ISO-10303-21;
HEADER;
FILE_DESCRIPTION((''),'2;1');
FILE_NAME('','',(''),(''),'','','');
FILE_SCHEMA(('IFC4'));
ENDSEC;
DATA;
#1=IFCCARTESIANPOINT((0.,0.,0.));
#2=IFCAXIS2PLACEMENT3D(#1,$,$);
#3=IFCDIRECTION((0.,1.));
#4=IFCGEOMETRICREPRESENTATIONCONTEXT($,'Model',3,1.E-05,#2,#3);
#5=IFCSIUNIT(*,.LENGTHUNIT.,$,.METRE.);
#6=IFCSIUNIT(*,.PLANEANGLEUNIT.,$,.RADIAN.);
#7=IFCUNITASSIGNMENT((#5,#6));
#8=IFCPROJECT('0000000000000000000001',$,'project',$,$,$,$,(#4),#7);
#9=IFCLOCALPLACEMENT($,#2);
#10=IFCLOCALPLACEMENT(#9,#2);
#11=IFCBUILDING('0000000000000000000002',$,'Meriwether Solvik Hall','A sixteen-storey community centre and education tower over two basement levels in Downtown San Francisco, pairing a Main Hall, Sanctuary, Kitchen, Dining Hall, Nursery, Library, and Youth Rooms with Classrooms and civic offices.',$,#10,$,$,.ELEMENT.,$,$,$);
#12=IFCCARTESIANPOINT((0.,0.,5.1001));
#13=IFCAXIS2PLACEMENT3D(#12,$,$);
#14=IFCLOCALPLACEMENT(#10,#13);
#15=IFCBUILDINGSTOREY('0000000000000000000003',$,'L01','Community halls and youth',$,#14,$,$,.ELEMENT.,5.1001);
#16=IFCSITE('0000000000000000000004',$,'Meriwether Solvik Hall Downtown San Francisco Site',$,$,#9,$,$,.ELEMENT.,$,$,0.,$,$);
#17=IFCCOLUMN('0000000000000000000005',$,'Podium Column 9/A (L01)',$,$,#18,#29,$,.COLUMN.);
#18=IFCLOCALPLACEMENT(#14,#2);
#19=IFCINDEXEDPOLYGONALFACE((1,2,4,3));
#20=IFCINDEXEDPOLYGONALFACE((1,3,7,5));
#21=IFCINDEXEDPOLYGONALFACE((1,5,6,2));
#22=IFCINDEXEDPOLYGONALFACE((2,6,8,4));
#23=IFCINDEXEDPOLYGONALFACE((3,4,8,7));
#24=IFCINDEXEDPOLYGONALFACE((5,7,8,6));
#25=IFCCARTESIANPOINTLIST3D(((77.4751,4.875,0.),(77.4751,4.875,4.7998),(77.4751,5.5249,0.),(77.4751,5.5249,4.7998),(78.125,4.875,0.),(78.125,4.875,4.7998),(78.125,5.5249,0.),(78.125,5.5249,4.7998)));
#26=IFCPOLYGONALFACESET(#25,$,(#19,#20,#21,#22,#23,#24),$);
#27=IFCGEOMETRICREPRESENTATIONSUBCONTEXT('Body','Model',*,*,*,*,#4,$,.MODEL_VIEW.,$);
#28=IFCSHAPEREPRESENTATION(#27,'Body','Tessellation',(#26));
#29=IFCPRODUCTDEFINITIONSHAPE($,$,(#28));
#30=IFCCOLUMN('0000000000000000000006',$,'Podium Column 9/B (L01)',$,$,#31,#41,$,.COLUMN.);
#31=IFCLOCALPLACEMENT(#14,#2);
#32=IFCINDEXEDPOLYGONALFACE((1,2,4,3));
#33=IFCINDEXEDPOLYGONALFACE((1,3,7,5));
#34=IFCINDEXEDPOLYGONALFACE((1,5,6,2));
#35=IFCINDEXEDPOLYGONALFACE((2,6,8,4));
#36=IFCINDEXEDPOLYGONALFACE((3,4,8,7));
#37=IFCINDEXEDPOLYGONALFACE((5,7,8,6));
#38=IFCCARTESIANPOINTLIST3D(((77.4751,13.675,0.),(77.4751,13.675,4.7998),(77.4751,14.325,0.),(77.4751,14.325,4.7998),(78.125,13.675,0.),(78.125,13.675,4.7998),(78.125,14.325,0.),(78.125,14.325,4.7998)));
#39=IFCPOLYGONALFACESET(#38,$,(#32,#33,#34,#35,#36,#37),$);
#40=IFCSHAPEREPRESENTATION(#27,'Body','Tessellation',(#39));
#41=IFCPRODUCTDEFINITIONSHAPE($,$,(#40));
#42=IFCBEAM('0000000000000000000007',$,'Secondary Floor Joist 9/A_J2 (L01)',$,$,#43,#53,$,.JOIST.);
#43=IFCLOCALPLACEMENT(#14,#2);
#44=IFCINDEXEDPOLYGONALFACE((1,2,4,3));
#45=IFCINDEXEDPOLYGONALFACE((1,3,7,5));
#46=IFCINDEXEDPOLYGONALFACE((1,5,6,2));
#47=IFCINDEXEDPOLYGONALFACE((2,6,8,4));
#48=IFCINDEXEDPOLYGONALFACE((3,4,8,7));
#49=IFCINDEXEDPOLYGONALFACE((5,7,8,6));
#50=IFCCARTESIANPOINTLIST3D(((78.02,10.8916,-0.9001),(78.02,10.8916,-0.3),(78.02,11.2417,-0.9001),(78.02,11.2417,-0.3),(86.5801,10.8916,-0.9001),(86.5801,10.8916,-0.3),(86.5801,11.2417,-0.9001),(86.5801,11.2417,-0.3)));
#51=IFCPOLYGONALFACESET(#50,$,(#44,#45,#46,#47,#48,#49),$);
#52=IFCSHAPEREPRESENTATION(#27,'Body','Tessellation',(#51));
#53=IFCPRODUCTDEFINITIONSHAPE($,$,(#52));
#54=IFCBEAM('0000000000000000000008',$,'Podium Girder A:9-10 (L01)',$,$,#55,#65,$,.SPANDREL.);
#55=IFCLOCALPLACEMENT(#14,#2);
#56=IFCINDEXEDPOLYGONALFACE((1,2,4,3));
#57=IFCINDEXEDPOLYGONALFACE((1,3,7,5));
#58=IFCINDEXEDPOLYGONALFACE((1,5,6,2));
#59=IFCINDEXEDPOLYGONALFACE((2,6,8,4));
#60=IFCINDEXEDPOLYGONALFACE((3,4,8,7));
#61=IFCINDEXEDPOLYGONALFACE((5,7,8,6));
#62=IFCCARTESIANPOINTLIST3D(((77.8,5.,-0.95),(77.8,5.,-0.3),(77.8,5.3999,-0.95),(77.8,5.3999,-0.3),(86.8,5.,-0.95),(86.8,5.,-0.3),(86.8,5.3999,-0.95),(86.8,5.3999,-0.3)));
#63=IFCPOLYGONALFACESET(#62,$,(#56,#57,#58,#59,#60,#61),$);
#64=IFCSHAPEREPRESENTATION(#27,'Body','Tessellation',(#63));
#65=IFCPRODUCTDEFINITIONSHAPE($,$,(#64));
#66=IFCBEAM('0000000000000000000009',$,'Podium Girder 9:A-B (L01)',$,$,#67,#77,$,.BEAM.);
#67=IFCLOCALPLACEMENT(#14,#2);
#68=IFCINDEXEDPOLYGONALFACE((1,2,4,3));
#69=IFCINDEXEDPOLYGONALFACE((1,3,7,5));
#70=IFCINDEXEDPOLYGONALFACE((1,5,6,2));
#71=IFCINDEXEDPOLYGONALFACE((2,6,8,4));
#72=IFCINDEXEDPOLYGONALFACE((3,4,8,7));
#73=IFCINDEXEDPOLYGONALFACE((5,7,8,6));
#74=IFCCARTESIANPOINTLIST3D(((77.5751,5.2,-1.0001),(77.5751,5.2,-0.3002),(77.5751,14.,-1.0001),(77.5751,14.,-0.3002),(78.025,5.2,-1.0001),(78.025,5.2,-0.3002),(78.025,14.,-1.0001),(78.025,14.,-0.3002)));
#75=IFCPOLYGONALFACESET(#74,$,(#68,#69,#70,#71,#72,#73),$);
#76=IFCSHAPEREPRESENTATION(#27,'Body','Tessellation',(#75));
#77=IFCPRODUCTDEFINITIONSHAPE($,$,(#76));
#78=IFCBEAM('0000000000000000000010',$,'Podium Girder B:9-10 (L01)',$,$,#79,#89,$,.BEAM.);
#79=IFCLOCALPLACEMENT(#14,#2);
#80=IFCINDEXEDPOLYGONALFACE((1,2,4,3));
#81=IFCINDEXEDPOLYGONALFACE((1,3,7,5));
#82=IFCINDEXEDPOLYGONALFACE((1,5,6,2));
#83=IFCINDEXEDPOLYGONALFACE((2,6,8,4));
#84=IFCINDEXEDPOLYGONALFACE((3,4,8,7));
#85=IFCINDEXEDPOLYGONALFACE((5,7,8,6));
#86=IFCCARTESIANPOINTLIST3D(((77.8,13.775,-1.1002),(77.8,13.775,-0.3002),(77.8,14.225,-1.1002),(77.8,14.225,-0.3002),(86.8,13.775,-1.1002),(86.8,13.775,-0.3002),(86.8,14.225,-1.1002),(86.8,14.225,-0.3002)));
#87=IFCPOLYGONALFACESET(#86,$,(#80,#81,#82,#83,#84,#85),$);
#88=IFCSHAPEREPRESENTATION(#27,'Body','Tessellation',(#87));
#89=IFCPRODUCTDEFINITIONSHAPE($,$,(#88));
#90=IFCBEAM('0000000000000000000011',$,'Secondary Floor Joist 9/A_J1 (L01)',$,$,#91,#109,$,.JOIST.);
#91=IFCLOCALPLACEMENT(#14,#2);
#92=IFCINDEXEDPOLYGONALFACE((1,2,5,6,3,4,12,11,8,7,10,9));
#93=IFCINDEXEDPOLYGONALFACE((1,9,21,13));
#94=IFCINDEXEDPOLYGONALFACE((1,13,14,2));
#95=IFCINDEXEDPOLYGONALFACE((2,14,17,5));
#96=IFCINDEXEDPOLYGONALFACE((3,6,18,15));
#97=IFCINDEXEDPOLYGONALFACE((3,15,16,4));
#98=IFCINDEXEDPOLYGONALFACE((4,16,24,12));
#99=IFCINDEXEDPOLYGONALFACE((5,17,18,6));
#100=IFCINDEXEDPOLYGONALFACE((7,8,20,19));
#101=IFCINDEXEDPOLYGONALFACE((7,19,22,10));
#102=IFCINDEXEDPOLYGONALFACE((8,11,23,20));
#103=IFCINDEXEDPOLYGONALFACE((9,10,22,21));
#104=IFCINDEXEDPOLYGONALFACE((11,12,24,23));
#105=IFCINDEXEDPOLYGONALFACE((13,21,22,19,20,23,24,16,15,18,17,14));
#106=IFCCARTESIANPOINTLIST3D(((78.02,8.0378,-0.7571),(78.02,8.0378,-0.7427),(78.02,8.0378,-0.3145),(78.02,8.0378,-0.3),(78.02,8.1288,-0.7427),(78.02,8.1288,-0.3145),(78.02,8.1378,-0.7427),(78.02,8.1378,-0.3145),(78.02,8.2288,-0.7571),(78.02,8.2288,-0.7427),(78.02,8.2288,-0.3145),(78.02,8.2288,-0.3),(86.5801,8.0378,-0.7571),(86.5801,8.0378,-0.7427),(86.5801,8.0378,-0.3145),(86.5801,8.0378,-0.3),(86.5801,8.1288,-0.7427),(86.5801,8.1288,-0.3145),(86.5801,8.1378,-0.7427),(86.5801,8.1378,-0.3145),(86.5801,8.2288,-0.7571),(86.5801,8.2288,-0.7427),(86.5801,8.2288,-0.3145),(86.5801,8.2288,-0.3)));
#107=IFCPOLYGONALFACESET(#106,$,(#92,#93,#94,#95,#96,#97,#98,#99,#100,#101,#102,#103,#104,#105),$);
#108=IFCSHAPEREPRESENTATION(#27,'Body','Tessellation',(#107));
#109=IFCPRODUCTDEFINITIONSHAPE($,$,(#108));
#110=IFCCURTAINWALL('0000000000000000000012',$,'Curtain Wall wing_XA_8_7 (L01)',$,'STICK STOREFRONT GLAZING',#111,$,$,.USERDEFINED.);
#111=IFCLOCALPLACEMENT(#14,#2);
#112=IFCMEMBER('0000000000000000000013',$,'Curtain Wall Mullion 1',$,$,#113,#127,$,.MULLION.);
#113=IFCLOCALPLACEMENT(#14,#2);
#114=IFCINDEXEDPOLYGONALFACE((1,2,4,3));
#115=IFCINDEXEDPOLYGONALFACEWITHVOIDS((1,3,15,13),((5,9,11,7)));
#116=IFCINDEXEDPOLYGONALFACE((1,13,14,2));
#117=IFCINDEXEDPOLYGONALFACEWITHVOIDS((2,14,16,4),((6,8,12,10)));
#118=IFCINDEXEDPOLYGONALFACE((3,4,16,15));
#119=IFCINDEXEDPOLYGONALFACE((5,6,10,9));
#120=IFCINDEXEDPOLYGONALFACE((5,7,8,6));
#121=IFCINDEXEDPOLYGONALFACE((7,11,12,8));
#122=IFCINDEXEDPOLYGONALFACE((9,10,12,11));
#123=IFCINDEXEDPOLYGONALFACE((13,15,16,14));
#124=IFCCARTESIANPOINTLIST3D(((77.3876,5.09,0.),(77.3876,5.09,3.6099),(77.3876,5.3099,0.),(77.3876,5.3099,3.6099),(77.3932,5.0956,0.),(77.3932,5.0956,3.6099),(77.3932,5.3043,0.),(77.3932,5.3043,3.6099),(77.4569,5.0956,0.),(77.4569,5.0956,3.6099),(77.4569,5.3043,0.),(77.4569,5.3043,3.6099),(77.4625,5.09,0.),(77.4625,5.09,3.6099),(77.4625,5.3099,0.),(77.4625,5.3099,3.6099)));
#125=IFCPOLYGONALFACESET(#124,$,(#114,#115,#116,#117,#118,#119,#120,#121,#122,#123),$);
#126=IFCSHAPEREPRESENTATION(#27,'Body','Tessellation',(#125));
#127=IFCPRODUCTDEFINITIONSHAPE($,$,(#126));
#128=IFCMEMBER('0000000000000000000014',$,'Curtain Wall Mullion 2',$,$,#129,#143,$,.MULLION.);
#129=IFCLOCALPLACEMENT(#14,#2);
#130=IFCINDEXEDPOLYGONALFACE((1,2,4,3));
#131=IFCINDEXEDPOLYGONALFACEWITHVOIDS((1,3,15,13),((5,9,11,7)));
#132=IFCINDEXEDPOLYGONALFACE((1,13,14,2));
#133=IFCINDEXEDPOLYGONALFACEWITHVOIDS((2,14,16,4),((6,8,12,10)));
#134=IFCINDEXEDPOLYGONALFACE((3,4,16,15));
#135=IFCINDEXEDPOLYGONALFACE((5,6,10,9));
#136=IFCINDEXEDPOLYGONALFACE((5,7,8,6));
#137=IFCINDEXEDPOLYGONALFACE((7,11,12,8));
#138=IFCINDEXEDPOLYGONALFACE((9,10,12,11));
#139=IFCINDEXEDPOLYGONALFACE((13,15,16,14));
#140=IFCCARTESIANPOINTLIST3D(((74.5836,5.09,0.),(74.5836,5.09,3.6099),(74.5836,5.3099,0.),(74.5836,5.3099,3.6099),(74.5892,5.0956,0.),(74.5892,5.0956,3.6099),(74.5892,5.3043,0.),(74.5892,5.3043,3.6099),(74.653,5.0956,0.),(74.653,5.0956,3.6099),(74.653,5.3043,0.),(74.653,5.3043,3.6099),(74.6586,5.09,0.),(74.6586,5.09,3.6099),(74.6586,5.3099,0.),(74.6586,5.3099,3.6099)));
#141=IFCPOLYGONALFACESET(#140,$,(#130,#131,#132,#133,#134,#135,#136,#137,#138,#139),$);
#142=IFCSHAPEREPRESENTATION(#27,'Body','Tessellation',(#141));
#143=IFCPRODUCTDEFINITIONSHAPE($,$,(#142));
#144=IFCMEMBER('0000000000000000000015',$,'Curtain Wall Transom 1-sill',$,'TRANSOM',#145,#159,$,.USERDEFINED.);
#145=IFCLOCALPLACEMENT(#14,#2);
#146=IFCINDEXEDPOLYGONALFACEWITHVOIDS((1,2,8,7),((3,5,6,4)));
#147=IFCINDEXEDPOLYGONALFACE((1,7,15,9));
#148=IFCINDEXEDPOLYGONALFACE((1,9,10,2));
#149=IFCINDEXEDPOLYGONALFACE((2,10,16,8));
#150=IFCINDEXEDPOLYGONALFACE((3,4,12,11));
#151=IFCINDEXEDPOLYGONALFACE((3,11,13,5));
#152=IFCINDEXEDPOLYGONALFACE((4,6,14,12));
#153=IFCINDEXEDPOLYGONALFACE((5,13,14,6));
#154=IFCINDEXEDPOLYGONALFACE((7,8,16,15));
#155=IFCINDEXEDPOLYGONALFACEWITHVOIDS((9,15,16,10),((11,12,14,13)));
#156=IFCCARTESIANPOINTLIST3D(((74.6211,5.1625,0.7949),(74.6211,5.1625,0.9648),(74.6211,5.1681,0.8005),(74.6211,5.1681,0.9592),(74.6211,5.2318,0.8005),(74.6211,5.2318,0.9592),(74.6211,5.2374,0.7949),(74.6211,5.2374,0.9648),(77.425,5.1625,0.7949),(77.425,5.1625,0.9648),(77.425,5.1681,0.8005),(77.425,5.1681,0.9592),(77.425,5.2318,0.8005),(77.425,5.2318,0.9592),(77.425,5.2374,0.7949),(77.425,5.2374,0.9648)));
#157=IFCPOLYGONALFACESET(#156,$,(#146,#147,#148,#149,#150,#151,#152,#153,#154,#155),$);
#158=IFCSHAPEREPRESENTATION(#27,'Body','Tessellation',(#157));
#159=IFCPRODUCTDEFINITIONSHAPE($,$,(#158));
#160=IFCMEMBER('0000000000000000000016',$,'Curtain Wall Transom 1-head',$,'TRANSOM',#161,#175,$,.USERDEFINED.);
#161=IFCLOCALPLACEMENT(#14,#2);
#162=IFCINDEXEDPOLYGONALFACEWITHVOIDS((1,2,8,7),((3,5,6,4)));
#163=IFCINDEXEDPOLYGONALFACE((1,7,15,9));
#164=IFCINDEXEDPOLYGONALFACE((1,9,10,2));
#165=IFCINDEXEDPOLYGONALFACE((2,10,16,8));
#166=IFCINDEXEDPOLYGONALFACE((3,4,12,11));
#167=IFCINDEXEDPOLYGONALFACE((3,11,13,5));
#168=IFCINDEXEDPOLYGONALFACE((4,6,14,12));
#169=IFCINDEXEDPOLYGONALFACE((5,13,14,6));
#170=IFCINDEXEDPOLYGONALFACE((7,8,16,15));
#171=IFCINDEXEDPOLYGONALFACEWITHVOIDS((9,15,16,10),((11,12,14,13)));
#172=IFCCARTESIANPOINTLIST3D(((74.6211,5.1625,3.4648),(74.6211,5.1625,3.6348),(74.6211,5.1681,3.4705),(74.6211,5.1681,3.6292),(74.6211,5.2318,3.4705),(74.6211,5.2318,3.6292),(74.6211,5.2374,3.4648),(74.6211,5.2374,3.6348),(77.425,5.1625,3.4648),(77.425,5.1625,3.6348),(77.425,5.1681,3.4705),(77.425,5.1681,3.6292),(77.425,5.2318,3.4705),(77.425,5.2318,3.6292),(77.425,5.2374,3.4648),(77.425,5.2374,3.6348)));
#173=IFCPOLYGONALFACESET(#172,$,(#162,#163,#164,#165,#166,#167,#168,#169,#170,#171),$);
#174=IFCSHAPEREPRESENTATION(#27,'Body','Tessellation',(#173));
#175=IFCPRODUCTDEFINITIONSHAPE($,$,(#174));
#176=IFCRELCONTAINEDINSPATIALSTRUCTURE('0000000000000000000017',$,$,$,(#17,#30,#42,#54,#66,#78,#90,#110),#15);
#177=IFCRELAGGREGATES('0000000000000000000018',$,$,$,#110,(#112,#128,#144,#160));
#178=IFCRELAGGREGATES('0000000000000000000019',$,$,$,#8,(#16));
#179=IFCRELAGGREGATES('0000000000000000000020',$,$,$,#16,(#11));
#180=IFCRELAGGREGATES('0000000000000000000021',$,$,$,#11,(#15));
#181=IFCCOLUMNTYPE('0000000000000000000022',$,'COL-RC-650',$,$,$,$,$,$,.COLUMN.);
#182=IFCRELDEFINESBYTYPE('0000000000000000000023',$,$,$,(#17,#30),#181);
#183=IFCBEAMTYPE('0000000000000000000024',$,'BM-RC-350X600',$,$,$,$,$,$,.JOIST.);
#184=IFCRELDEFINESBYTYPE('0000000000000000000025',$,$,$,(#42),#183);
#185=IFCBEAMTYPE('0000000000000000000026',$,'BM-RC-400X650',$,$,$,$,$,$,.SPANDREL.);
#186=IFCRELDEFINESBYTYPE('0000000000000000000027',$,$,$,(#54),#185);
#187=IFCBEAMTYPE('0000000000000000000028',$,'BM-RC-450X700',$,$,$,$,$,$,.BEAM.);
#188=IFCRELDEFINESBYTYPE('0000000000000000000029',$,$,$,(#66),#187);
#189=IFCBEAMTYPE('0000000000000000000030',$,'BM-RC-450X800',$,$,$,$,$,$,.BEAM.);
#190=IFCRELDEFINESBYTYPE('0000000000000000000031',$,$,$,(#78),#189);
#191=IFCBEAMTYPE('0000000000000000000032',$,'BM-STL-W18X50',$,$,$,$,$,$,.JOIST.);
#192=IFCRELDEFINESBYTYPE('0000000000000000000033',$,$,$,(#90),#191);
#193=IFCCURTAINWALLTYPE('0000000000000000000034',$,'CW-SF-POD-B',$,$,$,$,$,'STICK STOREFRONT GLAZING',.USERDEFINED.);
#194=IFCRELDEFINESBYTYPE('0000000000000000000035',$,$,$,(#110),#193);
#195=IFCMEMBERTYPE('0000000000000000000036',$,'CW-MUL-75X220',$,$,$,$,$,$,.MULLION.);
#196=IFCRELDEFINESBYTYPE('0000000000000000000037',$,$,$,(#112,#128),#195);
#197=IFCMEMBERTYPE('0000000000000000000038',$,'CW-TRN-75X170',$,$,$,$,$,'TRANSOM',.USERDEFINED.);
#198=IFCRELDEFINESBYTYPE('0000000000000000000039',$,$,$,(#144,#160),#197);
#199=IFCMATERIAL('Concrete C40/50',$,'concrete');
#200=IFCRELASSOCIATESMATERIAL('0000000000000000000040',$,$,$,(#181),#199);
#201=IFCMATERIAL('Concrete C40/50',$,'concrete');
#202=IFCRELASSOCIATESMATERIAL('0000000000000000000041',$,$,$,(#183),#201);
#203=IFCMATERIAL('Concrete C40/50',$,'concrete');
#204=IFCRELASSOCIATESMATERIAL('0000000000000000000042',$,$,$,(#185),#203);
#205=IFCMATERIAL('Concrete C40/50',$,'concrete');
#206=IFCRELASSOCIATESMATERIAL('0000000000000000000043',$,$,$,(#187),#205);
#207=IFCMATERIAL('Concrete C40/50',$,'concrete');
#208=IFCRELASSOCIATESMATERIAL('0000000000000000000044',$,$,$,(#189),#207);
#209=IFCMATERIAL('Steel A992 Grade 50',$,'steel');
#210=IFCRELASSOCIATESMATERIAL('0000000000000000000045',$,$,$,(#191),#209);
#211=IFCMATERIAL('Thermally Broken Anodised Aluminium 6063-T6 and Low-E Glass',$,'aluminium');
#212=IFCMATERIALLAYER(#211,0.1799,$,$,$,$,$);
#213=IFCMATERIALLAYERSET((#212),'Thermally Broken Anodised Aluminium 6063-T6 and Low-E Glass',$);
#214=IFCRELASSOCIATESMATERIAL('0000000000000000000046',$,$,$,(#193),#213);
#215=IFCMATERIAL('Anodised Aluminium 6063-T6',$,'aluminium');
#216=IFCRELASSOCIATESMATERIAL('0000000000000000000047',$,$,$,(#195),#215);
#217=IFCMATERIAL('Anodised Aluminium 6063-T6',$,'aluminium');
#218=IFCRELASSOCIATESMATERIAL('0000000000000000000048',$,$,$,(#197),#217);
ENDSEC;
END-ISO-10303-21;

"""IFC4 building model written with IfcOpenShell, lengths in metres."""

from ifc_helpers import new_model, si_unit, direction, frame, origin, origin_2d, place, context, subcontext, project, spatial, rectangle, hollow_rectangle, i_section, extrude, material, layer, layer_set, material_profile, profile_set, type_object, element, aggregate, save


model = new_model("IFC4")

# Units and contexts
model_context = context("Model", 3, precision=1e-05, world=origin(), true_north=direction((0.0, 1.0)))
body_context = subcontext(model_context, "Body", "Model", "MODEL_VIEW")
ifc_project = project(units=[si_unit("LENGTHUNIT", "METRE"), si_unit("PLANEANGLEUNIT", "RADIAN")], contexts=[model_context])

# Site, building, storey
site_placement = place(None, origin())
site = spatial("IfcSite", under=ifc_project, at=site_placement, Name="Meriwether Solvik Hall Downtown San Francisco Site", CompositionType="ELEMENT", RefElevation=0.0)
building_placement = place(site_placement, origin())
building = spatial("IfcBuilding", under=site, at=building_placement, Name="Meriwether Solvik Hall", Description="A sixteen-storey community centre and education tower over two basement levels in Downtown San Francisco, pairing a Main Hall, Sanctuary, Kitchen, Dining Hall, Nursery, Library, and Youth Rooms with Classrooms and civic offices.", CompositionType="ELEMENT")
storey_placement = place(building_placement, frame((0.0, 0.0, 5.1001)))
storey = spatial("IfcBuildingStorey", under=building, at=storey_placement, Name="L01", Description="Community halls and youth", CompositionType="ELEMENT", Elevation=5.1001)

# Columns
ifc_material_1 = material(Name="Concrete C40/50", Category="concrete")
ifc_material_profile_1 = material_profile(ifc_material_1, rectangle(XDim=0.6499, YDim=0.6499, at=origin_2d()), Name="RCC-650X650")
ifc_profile_set_1 = profile_set([ifc_material_profile_1], Name="Concrete C40/50")
column_type = type_object("IfcColumnType", Name="COL-RC-650", PredefinedType="COLUMN", material=ifc_profile_set_1)
for number, where, z_axis, x_axis, name in (
    (1, (77.8, 5.2, 0.0), (0.0, 0.0, 1.0), (1.0, 0.0, 0.0), "Podium Column 9/A (L01)"),
    (2, (77.8, 14.0, 0.0), (0.0, 0.0, 1.0), (1.0, 0.0, 0.0), "Podium Column 9/B (L01)"),
):
    element("IfcColumn", number, at=place(storey_placement, frame(where, z_axis=z_axis, x_axis=x_axis)), inside=storey, type_object=column_type, Name=name, PredefinedType="COLUMN", context=body_context, shape_type="SweptSolid", body=[
        extrude(rectangle(XDim=0.6499, YDim=0.6499, at=origin_2d()), origin(), (0.0, 0.0, 1.0), 4.7998),
    ])

# Beams
ifc_material_2 = material(Name="Concrete C40/50", Category="concrete")
ifc_material_profile_2 = material_profile(ifc_material_2, rectangle(XDim=0.3501, YDim=0.6001, at=origin_2d()), Name="RCB-350X600")
ifc_profile_set_2 = profile_set([ifc_material_profile_2], Name="Concrete C40/50")
beam_type_1 = type_object("IfcBeamType", Name="BM-RC-350X600", PredefinedType="JOIST", material=ifc_profile_set_2)
beam_1_placement = place(storey_placement, frame((78.02, 11.0667, -0.6001), z_axis=(1.0, 0.0, 0.0), x_axis=(0.0, 1.0, 0.0)))
element("IfcBeam", 3, at=beam_1_placement, inside=storey, type_object=beam_type_1, Name="Secondary Floor Joist 9/A_J2 (L01)", PredefinedType="JOIST", context=body_context, shape_type="SweptSolid", body=[
    extrude(rectangle(XDim=0.3501, YDim=0.6001, at=origin_2d()), origin(), (0.0, 0.0, 1.0), 8.5601),
])
ifc_material_3 = material(Name="Concrete C40/50", Category="concrete")
ifc_material_profile_3 = material_profile(ifc_material_3, rectangle(XDim=0.3999, YDim=0.6499, at=origin_2d()), Name="RCB-400X650")
ifc_profile_set_3 = profile_set([ifc_material_profile_3], Name="Concrete C40/50")
beam_type_2 = type_object("IfcBeamType", Name="BM-RC-400X650", PredefinedType="SPANDREL", material=ifc_profile_set_3)
beam_2_placement = place(storey_placement, frame((77.8, 5.2, -0.625), z_axis=(1.0, 0.0, 0.0), x_axis=(0.0, 1.0, 0.0)))
element("IfcBeam", 4, at=beam_2_placement, inside=storey, type_object=beam_type_2, Name="Podium Girder A:9-10 (L01)", PredefinedType="SPANDREL", context=body_context, shape_type="SweptSolid", body=[
    extrude(rectangle(XDim=0.3999, YDim=0.6499, at=origin_2d()), origin(), (0.0, 0.0, 1.0), 9.0),
])
ifc_material_4 = material(Name="Concrete C40/50", Category="concrete")
ifc_material_profile_4 = material_profile(ifc_material_4, rectangle(XDim=0.45, YDim=0.7, at=origin_2d()), Name="RCB-450X700")
ifc_profile_set_4 = profile_set([ifc_material_profile_4], Name="Concrete C40/50")
beam_type_3 = type_object("IfcBeamType", Name="BM-RC-450X700", PredefinedType="BEAM", material=ifc_profile_set_4)
beam_3_placement = place(storey_placement, frame((77.8, 5.2, -0.6501), z_axis=(0.0, 1.0, 0.0), x_axis=(-1.0, 0.0, 0.0)))
element("IfcBeam", 5, at=beam_3_placement, inside=storey, type_object=beam_type_3, Name="Podium Girder 9:A-B (L01)", PredefinedType="BEAM", context=body_context, shape_type="SweptSolid", body=[
    extrude(rectangle(XDim=0.45, YDim=0.7, at=origin_2d()), origin(), (0.0, 0.0, 1.0), 8.8),
])
ifc_material_5 = material(Name="Concrete C40/50", Category="concrete")
ifc_material_profile_5 = material_profile(ifc_material_5, rectangle(XDim=0.45, YDim=0.8, at=origin_2d()), Name="RCB-450X800")
ifc_profile_set_5 = profile_set([ifc_material_profile_5], Name="Concrete C40/50")
beam_type_4 = type_object("IfcBeamType", Name="BM-RC-450X800", PredefinedType="BEAM", material=ifc_profile_set_5)
beam_4_placement = place(storey_placement, frame((77.8, 14.0, -0.7002), z_axis=(1.0, 0.0, 0.0), x_axis=(0.0, 1.0, 0.0)))
element("IfcBeam", 6, at=beam_4_placement, inside=storey, type_object=beam_type_4, Name="Podium Girder B:9-10 (L01)", PredefinedType="BEAM", context=body_context, shape_type="SweptSolid", body=[
    extrude(rectangle(XDim=0.45, YDim=0.8, at=origin_2d()), origin(), (0.0, 0.0, 1.0), 9.0),
])
ifc_material_6 = material(Name="Steel A992 Grade 50", Category="steel")
ifc_material_profile_6 = material_profile(ifc_material_6, i_section(OverallWidth=0.1909, OverallDepth=0.457, WebThickness=0.009, FlangeThickness=0.0144, at=origin_2d()), Name="W18X50")
ifc_profile_set_6 = profile_set([ifc_material_profile_6], Name="Steel A992 Grade 50")
beam_type_5 = type_object("IfcBeamType", Name="BM-STL-W18X50", PredefinedType="JOIST", material=ifc_profile_set_6)
beam_5_placement = place(storey_placement, frame((78.02, 8.1333, -0.5286), z_axis=(1.0, 0.0, 0.0), x_axis=(0.0, 1.0, 0.0)))
element("IfcBeam", 7, at=beam_5_placement, inside=storey, type_object=beam_type_5, Name="Secondary Floor Joist 9/A_J1 (L01)", PredefinedType="JOIST", context=body_context, shape_type="SweptSolid", body=[
    extrude(i_section(OverallWidth=0.1909, OverallDepth=0.457, WebThickness=0.009, FlangeThickness=0.0144, at=origin_2d()), origin(), (0.0, 0.0, 1.0), 8.5601),
])

# Curtain wall, members
ifc_material_7 = material(Name="Thermally Broken Anodised Aluminium 6063-T6 and Low-E Glass", Category="aluminium")
ifc_layer_1 = layer(ifc_material_7, 0.1799)
ifc_layer_set_1 = layer_set([ifc_layer_1], Name="Thermally Broken Anodised Aluminium 6063-T6 and Low-E Glass")
curtain_wall_type = type_object("IfcCurtainWallType", Name="CW-SF-POD-B", ElementType="STICK STOREFRONT GLAZING", PredefinedType="USERDEFINED", material=ifc_layer_set_1)
curtain_wall_placement = place(storey_placement, origin())
curtain_wall = element("IfcCurtainWall", 8, at=curtain_wall_placement, inside=storey, type_object=curtain_wall_type, Name="Curtain Wall wing_XA_8_7 (L01)", ObjectType="STICK STOREFRONT GLAZING", PredefinedType="USERDEFINED")
ifc_material_8 = material(Name="Anodised Aluminium 6063-T6", Category="aluminium")
ifc_material_profile_7 = material_profile(ifc_material_8, hollow_rectangle(XDim=0.075, YDim=0.22, WallThickness=0.0056, at=origin_2d()), Name="CWM-75X220")
ifc_profile_set_7 = profile_set([ifc_material_profile_7], Name="Anodised Aluminium 6063-T6")
member_type_1 = type_object("IfcMemberType", Name="CW-MUL-75X220", PredefinedType="MULLION", material=ifc_profile_set_7)
member_1_placement = place(storey_placement, frame((77.425, 5.2, 0.0), z_axis=(0.0, 0.0, 1.0), x_axis=(-1.0, 0.0, 0.0)))
member_1 = element("IfcMember", 9, at=member_1_placement, type_object=member_type_1, Name="Curtain Wall Mullion 1", PredefinedType="MULLION", context=body_context, shape_type="SweptSolid", body=[
    extrude(hollow_rectangle(XDim=0.075, YDim=0.22, WallThickness=0.0056, at=origin_2d()), origin(), (0.0, 0.0, 1.0), 3.6099),
])
member_2_placement = place(storey_placement, frame((74.6211, 5.2, 0.0), z_axis=(0.0, 0.0, 1.0), x_axis=(-1.0, 0.0, 0.0)))
member_2 = element("IfcMember", 10, at=member_2_placement, type_object=member_type_1, Name="Curtain Wall Mullion 2", PredefinedType="MULLION", context=body_context, shape_type="SweptSolid", body=[
    extrude(hollow_rectangle(XDim=0.075, YDim=0.22, WallThickness=0.0056, at=origin_2d()), origin(), (0.0, 0.0, 1.0), 3.6099),
])
ifc_material_9 = material(Name="Anodised Aluminium 6063-T6", Category="aluminium")
ifc_material_profile_8 = material_profile(ifc_material_9, hollow_rectangle(XDim=0.075, YDim=0.1699, WallThickness=0.0056, at=origin_2d()), Name="CWT-75X170")
ifc_profile_set_8 = profile_set([ifc_material_profile_8], Name="Anodised Aluminium 6063-T6")
member_type_2 = type_object("IfcMemberType", Name="CW-TRN-75X170", ElementType="TRANSOM", PredefinedType="USERDEFINED", material=ifc_profile_set_8)
member_3_placement = place(storey_placement, frame((77.425, 5.2, 0.8799), z_axis=(-1.0, 0.0, 0.0), x_axis=(0.0, -1.0, 0.0)))
member_3 = element("IfcMember", 11, at=member_3_placement, type_object=member_type_2, Name="Curtain Wall Transom 1-sill", ObjectType="TRANSOM", PredefinedType="USERDEFINED", context=body_context, shape_type="SweptSolid", body=[
    extrude(hollow_rectangle(XDim=0.075, YDim=0.1699, WallThickness=0.0056, at=origin_2d()), origin(), (0.0, 0.0, 1.0), 2.804),
])
member_4_placement = place(storey_placement, frame((77.425, 5.2, 3.5498), z_axis=(-1.0, 0.0, 0.0), x_axis=(0.0, -1.0, 0.0)))
member_4 = element("IfcMember", 12, at=member_4_placement, type_object=member_type_2, Name="Curtain Wall Transom 1-head", ObjectType="TRANSOM", PredefinedType="USERDEFINED", context=body_context, shape_type="SweptSolid", body=[
    extrude(hollow_rectangle(XDim=0.075, YDim=0.1699, WallThickness=0.0056, at=origin_2d()), origin(), (0.0, 0.0, 1.0), 2.804),
])
aggregate(curtain_wall, [member_1, member_2, member_3, member_4])

save(model, "model.ifc")
